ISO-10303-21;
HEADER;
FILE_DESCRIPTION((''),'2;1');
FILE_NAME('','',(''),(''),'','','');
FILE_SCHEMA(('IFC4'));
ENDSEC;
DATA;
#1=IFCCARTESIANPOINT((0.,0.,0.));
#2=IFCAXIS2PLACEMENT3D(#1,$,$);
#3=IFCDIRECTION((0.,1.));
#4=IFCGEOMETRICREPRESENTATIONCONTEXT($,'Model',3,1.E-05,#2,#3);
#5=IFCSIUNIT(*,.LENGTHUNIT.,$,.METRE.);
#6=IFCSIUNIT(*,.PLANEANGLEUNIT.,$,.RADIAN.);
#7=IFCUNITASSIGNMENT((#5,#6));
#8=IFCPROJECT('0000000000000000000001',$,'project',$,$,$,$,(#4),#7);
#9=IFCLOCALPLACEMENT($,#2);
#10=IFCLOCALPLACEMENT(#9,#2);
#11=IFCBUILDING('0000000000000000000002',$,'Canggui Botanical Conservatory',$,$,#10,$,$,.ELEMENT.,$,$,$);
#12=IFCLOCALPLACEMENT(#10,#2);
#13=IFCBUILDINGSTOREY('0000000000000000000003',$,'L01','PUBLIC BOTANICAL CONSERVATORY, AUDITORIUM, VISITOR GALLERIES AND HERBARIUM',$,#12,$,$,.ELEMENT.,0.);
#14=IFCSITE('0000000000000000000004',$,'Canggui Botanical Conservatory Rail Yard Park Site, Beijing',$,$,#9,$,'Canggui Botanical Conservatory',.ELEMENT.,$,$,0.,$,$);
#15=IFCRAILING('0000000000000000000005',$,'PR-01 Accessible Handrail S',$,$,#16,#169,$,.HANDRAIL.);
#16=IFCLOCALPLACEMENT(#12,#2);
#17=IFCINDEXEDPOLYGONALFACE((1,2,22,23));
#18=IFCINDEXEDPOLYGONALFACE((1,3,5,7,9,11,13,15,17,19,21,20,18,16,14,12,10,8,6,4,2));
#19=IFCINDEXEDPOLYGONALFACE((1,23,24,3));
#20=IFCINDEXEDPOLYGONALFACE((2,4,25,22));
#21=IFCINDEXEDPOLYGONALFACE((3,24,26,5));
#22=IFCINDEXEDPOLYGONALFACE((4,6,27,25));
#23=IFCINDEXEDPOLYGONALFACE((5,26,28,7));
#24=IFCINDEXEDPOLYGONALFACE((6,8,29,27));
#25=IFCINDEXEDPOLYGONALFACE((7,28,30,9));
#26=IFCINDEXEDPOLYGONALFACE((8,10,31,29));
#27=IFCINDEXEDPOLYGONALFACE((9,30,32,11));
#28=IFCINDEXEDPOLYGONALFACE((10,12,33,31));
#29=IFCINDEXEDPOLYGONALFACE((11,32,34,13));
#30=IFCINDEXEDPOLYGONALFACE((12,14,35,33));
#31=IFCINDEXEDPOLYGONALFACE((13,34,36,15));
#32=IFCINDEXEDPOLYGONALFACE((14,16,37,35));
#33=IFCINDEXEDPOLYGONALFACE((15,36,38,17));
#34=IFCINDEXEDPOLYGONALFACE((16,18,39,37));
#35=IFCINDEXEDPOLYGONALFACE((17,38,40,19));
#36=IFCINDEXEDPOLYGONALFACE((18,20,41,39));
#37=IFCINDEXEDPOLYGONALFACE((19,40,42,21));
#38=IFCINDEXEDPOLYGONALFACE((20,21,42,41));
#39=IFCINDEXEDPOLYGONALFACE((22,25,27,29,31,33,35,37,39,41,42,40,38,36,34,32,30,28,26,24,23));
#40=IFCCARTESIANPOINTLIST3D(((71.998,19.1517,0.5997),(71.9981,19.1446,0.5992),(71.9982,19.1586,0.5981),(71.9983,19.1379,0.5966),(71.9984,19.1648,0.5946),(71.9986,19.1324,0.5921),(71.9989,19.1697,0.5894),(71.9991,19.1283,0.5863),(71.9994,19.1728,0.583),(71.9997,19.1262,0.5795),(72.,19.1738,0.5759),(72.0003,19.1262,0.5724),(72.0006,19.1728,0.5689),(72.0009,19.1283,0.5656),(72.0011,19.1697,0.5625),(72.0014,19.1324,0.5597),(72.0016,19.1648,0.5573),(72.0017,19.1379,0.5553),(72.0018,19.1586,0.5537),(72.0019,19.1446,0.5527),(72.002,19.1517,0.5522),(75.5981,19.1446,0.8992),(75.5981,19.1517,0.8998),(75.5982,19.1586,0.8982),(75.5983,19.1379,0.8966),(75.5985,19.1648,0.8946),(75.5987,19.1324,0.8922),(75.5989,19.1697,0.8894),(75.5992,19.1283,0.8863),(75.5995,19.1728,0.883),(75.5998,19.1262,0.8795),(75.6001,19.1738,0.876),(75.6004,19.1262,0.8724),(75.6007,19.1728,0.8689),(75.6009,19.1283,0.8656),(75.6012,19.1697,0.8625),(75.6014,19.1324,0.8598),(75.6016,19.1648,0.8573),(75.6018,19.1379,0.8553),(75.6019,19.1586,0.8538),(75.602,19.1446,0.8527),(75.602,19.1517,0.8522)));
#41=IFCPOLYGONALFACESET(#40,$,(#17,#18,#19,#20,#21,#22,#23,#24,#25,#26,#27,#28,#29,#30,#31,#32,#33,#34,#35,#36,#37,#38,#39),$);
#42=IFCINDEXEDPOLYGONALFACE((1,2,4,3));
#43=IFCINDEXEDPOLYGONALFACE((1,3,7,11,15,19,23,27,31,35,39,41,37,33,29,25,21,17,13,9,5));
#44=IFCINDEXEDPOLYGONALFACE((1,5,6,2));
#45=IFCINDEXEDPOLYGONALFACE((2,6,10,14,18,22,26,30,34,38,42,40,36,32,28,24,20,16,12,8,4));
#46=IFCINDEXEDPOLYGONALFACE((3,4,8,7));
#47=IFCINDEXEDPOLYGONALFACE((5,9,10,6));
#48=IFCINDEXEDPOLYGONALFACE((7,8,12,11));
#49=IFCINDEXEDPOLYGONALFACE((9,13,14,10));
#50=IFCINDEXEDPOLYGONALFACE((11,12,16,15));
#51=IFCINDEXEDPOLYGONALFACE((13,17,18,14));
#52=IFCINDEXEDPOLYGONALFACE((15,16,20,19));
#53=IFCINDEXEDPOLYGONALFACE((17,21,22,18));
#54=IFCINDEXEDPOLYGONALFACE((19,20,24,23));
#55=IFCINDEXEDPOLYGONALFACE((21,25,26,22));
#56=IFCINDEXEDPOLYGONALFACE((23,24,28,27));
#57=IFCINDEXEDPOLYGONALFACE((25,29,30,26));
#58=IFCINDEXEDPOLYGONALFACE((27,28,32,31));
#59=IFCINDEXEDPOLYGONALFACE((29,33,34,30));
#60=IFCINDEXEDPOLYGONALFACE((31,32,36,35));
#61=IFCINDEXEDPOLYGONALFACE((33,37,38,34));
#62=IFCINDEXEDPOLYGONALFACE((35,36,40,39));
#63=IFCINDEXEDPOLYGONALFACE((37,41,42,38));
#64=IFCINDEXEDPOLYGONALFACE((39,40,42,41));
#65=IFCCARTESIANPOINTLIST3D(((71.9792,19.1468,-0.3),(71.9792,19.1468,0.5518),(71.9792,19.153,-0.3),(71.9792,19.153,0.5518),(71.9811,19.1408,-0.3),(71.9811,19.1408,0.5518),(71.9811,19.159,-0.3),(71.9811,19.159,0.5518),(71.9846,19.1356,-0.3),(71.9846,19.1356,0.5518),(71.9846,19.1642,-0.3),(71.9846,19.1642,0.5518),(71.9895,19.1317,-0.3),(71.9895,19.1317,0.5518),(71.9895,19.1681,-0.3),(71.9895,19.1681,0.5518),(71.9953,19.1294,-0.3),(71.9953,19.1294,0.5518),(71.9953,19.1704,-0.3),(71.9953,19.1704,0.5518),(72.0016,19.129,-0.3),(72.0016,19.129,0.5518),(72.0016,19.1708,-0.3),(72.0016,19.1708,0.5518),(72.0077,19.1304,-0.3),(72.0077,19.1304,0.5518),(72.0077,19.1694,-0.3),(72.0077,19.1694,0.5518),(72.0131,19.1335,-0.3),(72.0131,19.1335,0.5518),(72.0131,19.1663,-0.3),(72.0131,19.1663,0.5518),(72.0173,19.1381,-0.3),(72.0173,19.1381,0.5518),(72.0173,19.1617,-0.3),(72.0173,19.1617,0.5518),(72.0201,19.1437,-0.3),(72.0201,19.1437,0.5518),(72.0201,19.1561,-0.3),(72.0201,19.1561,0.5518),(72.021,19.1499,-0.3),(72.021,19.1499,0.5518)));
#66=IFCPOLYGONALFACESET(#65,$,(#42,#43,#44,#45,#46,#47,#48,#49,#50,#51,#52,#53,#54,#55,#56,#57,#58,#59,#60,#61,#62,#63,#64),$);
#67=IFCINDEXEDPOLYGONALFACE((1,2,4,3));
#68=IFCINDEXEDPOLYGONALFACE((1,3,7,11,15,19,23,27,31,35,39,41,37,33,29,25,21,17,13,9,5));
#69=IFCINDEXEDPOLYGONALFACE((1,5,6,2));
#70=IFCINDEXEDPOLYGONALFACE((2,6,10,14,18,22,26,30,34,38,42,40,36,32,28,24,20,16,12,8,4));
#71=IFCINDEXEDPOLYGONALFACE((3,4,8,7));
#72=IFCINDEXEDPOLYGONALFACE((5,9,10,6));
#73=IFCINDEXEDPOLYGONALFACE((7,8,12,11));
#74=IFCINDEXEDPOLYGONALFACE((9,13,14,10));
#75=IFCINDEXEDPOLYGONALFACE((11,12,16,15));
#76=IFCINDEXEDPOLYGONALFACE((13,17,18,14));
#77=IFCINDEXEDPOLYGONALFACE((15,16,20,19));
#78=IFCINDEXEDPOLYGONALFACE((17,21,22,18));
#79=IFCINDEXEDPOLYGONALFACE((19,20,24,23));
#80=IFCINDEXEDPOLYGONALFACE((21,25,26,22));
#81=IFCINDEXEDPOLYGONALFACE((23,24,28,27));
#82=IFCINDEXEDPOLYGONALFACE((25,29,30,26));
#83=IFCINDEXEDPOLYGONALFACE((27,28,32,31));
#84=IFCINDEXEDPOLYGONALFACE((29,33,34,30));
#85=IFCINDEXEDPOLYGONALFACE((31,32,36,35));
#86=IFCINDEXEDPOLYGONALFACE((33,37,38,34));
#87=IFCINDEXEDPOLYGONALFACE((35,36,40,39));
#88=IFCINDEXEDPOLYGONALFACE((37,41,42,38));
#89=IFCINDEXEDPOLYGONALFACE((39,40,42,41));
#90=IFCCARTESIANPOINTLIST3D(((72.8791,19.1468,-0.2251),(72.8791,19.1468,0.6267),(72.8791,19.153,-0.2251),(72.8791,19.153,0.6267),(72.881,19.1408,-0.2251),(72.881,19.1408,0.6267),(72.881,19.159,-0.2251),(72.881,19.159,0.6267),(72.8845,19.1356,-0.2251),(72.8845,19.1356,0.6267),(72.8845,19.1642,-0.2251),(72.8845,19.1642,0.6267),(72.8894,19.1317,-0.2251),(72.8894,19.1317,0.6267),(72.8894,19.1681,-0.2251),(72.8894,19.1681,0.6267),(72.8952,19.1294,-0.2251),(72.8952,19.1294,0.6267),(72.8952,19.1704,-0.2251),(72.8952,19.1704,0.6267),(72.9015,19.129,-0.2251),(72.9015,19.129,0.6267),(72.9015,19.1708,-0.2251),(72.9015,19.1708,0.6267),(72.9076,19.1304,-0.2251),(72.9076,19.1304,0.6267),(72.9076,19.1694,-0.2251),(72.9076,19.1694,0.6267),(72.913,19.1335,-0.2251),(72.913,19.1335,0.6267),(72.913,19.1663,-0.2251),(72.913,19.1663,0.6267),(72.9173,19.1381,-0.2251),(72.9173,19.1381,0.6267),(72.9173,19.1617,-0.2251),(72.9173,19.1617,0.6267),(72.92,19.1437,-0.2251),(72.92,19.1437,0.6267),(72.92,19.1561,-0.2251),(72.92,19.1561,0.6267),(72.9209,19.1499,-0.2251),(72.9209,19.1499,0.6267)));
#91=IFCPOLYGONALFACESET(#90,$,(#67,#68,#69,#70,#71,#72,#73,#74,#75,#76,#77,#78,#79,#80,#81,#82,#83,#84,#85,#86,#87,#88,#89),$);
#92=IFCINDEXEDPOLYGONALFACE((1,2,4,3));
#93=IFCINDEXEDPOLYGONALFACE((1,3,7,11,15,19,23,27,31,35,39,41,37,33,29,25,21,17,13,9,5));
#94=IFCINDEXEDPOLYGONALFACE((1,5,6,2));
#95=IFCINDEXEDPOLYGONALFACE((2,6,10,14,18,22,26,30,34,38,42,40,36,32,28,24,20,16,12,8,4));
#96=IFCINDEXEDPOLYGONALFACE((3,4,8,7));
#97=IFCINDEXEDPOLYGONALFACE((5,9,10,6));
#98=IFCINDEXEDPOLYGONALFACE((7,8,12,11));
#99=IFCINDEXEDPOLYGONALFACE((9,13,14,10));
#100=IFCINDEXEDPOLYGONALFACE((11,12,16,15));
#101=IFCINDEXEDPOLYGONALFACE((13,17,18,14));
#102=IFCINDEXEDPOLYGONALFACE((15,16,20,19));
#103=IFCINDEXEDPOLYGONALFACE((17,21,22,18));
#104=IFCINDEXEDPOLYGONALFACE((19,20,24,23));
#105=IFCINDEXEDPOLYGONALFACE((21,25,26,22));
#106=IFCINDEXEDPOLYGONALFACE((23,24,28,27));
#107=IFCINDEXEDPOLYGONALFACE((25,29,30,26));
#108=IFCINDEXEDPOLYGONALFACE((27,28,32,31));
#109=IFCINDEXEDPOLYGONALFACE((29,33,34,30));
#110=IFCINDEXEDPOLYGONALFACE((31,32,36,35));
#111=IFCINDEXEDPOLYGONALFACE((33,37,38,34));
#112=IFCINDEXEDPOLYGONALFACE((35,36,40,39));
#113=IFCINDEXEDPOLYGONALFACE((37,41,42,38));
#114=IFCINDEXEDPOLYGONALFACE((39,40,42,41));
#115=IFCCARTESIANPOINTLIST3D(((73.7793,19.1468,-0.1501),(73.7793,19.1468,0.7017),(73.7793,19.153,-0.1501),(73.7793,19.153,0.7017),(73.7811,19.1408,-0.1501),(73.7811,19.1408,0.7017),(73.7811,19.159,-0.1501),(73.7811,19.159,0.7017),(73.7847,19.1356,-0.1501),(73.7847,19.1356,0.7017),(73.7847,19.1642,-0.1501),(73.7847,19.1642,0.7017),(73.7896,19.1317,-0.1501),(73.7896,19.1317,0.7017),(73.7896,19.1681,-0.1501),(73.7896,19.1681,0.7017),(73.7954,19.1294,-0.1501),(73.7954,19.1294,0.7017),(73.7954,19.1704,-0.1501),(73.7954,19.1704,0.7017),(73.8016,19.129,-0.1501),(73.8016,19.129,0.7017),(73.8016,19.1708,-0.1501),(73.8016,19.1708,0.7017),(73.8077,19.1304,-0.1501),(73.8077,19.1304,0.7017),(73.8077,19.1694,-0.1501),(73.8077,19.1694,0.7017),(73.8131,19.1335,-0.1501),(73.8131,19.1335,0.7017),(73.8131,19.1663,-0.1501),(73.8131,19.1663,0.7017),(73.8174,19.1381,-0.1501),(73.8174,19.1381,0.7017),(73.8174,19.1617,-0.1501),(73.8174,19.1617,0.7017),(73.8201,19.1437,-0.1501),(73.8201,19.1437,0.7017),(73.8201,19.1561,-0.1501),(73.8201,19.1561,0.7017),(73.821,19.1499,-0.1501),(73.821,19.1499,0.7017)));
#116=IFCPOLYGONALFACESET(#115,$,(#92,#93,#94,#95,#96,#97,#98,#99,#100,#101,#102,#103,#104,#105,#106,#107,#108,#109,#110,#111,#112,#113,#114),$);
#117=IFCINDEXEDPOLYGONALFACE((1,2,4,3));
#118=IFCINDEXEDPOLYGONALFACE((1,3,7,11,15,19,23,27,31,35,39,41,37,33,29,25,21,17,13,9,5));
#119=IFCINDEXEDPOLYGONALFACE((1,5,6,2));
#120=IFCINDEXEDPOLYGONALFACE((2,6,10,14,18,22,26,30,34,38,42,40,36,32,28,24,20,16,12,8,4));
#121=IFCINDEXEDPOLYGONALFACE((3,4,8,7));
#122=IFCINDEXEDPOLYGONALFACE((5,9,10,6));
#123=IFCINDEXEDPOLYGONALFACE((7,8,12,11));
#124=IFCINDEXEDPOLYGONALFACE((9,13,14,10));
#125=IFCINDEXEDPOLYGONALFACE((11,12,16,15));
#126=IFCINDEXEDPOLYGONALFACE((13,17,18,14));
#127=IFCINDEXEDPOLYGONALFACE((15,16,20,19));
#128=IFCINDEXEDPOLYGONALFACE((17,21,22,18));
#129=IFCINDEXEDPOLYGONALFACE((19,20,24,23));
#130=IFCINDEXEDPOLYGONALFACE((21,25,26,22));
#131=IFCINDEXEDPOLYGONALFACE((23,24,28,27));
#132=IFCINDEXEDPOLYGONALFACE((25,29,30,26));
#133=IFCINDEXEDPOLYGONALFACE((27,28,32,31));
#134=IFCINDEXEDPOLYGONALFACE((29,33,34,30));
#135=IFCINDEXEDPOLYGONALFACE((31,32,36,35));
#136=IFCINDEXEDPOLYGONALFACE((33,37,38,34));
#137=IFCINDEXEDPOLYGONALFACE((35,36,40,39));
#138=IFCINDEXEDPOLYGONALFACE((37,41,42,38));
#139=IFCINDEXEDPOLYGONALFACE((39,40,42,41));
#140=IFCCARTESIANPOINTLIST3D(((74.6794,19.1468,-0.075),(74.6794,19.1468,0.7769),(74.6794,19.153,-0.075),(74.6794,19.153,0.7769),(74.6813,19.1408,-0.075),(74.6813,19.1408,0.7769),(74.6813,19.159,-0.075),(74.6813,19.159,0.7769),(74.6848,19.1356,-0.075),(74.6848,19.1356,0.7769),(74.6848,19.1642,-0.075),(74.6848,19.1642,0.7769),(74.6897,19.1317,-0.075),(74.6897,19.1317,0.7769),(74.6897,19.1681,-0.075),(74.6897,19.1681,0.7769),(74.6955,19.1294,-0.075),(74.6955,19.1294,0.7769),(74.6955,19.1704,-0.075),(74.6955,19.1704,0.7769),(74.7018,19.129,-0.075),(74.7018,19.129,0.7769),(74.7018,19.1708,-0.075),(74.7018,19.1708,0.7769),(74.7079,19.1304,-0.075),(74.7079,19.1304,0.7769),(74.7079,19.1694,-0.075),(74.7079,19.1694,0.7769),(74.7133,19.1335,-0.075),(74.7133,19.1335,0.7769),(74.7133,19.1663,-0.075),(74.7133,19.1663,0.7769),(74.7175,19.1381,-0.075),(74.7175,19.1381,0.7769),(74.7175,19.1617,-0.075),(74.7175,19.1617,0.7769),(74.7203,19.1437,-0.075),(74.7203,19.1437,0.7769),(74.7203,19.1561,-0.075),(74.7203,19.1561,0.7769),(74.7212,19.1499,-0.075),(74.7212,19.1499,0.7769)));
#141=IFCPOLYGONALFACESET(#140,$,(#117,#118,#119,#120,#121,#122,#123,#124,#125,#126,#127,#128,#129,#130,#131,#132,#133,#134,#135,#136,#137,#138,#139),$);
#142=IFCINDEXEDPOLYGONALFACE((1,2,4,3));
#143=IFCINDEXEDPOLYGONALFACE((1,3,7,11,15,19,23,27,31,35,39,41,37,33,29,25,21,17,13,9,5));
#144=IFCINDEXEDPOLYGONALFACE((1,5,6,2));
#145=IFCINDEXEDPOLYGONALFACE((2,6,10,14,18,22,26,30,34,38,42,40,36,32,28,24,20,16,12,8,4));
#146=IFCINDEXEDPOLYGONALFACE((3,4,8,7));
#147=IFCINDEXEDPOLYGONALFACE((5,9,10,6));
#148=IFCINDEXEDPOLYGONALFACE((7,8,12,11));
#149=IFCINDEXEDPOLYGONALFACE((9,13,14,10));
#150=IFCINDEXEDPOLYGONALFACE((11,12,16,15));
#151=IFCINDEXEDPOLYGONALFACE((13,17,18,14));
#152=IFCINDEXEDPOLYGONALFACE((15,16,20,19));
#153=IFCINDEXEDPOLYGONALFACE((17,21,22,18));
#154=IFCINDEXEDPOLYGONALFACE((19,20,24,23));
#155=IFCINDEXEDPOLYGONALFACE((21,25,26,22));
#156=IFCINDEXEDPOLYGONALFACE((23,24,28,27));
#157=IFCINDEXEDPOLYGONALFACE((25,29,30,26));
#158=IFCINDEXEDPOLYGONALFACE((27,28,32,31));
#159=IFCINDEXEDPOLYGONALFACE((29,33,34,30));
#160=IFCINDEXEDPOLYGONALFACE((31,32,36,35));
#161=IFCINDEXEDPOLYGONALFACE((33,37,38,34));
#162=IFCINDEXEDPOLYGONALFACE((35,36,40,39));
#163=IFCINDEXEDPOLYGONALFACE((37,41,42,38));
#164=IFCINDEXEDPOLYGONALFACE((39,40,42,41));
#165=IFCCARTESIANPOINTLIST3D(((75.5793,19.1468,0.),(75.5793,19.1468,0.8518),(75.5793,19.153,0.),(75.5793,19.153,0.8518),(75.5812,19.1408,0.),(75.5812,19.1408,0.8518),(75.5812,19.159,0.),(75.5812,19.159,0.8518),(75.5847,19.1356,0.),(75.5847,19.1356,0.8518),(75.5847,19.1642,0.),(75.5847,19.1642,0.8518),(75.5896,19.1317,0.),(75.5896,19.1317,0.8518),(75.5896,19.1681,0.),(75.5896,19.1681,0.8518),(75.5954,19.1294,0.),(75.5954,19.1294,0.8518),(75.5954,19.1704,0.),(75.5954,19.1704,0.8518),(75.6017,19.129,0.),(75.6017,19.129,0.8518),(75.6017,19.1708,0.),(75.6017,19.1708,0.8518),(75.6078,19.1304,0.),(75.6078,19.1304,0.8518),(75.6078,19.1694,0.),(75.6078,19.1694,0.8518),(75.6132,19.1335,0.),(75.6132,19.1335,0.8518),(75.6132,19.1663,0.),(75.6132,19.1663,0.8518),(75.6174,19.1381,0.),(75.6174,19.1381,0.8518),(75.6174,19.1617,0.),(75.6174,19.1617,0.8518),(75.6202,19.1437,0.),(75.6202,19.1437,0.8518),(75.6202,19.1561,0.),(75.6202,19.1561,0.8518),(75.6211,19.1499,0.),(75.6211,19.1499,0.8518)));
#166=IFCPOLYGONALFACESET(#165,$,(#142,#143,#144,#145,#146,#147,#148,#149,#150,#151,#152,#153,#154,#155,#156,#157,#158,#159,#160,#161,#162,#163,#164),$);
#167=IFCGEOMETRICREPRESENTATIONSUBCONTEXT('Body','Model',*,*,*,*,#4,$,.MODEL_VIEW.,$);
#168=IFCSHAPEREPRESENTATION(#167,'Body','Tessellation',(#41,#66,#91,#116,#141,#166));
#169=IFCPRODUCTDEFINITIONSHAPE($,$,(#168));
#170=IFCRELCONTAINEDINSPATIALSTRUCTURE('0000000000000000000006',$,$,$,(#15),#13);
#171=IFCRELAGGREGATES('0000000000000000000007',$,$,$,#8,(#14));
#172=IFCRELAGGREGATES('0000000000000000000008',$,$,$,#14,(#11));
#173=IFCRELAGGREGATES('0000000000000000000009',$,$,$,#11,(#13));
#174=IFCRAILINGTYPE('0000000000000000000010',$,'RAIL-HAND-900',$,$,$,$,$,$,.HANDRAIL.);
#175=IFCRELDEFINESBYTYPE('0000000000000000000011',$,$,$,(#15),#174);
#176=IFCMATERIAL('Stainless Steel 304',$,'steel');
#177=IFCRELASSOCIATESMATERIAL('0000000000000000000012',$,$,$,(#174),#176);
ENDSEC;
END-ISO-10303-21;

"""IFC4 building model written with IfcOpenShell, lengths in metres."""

from ifc_helpers import new_model, si_unit, direction, frame, origin, origin_2d, place, context, subcontext, project, spatial, circle, extrude, material, type_object, element, save


model = new_model("IFC4")

# Units and contexts
model_context = context("Model", 3, precision=1e-05, world=origin(), true_north=direction((0.0, 1.0)))
body_context = subcontext(model_context, "Body", "Model", "MODEL_VIEW")
ifc_project = project(units=[si_unit("LENGTHUNIT", "METRE"), si_unit("PLANEANGLEUNIT", "RADIAN")], contexts=[model_context])

# Site, building, storey
site_placement = place(None, origin())
site = spatial("IfcSite", under=ifc_project, at=site_placement, Name="Canggui Botanical Conservatory Rail Yard Park Site, Beijing", LongName="Canggui Botanical Conservatory", CompositionType="ELEMENT", RefElevation=0.0)
building_placement = place(site_placement, origin())
building = spatial("IfcBuilding", under=site, at=building_placement, Name="Canggui Botanical Conservatory", CompositionType="ELEMENT")
storey_placement = place(building_placement, origin())
storey = spatial("IfcBuildingStorey", under=building, at=storey_placement, Name="L01", Description="PUBLIC BOTANICAL CONSERVATORY, AUDITORIUM, VISITOR GALLERIES AND HERBARIUM", CompositionType="ELEMENT", Elevation=0.0)

# Railing
ifc_material_1 = material(Name="Stainless Steel 304", Category="steel")
railing_type = type_object("IfcRailingType", Name="RAIL-HAND-900", PredefinedType="HANDRAIL", material=ifc_material_1)
for number, where, name in (
    (1, (72.0, 19.1499, -0.3), "PR-01 Accessible Handrail S"),
):
    element("IfcRailing", number, at=place(storey_placement, frame(where)), inside=storey, type_object=railing_type, Name=name, PredefinedType="HANDRAIL", context=body_context, shape_type="SweptSolid", body=[
        extrude(circle(Radius=0.0239, at=origin_2d()), frame((0.0, 0.0, 0.876), z_axis=(0.996545, 0.0, 0.083057), x_axis=(0.0, 1.0, 0.0)), (0.0, 0.0, 1.0), 3.6125),
        extrude(circle(Radius=0.021, at=origin_2d()), origin(), (0.0, 0.0, 1.0), 0.8518),
        extrude(circle(Radius=0.021, at=origin_2d()), frame((0.8999, 0.0, 0.075)), (0.0, 0.0, 1.0), 0.8518),
        extrude(circle(Radius=0.021, at=origin_2d()), frame((1.8, 0.0, 0.1499)), (0.0, 0.0, 1.0), 0.8518),
        extrude(circle(Radius=0.021, at=origin_2d()), frame((2.7002, 0.0, 0.2251)), (0.0, 0.0, 1.0), 0.8518),
        extrude(circle(Radius=0.021, at=origin_2d()), frame((3.6001, 0.0, 0.3)), (0.0, 0.0, 1.0), 0.8518),
    ])

save(model, "model.ifc")
